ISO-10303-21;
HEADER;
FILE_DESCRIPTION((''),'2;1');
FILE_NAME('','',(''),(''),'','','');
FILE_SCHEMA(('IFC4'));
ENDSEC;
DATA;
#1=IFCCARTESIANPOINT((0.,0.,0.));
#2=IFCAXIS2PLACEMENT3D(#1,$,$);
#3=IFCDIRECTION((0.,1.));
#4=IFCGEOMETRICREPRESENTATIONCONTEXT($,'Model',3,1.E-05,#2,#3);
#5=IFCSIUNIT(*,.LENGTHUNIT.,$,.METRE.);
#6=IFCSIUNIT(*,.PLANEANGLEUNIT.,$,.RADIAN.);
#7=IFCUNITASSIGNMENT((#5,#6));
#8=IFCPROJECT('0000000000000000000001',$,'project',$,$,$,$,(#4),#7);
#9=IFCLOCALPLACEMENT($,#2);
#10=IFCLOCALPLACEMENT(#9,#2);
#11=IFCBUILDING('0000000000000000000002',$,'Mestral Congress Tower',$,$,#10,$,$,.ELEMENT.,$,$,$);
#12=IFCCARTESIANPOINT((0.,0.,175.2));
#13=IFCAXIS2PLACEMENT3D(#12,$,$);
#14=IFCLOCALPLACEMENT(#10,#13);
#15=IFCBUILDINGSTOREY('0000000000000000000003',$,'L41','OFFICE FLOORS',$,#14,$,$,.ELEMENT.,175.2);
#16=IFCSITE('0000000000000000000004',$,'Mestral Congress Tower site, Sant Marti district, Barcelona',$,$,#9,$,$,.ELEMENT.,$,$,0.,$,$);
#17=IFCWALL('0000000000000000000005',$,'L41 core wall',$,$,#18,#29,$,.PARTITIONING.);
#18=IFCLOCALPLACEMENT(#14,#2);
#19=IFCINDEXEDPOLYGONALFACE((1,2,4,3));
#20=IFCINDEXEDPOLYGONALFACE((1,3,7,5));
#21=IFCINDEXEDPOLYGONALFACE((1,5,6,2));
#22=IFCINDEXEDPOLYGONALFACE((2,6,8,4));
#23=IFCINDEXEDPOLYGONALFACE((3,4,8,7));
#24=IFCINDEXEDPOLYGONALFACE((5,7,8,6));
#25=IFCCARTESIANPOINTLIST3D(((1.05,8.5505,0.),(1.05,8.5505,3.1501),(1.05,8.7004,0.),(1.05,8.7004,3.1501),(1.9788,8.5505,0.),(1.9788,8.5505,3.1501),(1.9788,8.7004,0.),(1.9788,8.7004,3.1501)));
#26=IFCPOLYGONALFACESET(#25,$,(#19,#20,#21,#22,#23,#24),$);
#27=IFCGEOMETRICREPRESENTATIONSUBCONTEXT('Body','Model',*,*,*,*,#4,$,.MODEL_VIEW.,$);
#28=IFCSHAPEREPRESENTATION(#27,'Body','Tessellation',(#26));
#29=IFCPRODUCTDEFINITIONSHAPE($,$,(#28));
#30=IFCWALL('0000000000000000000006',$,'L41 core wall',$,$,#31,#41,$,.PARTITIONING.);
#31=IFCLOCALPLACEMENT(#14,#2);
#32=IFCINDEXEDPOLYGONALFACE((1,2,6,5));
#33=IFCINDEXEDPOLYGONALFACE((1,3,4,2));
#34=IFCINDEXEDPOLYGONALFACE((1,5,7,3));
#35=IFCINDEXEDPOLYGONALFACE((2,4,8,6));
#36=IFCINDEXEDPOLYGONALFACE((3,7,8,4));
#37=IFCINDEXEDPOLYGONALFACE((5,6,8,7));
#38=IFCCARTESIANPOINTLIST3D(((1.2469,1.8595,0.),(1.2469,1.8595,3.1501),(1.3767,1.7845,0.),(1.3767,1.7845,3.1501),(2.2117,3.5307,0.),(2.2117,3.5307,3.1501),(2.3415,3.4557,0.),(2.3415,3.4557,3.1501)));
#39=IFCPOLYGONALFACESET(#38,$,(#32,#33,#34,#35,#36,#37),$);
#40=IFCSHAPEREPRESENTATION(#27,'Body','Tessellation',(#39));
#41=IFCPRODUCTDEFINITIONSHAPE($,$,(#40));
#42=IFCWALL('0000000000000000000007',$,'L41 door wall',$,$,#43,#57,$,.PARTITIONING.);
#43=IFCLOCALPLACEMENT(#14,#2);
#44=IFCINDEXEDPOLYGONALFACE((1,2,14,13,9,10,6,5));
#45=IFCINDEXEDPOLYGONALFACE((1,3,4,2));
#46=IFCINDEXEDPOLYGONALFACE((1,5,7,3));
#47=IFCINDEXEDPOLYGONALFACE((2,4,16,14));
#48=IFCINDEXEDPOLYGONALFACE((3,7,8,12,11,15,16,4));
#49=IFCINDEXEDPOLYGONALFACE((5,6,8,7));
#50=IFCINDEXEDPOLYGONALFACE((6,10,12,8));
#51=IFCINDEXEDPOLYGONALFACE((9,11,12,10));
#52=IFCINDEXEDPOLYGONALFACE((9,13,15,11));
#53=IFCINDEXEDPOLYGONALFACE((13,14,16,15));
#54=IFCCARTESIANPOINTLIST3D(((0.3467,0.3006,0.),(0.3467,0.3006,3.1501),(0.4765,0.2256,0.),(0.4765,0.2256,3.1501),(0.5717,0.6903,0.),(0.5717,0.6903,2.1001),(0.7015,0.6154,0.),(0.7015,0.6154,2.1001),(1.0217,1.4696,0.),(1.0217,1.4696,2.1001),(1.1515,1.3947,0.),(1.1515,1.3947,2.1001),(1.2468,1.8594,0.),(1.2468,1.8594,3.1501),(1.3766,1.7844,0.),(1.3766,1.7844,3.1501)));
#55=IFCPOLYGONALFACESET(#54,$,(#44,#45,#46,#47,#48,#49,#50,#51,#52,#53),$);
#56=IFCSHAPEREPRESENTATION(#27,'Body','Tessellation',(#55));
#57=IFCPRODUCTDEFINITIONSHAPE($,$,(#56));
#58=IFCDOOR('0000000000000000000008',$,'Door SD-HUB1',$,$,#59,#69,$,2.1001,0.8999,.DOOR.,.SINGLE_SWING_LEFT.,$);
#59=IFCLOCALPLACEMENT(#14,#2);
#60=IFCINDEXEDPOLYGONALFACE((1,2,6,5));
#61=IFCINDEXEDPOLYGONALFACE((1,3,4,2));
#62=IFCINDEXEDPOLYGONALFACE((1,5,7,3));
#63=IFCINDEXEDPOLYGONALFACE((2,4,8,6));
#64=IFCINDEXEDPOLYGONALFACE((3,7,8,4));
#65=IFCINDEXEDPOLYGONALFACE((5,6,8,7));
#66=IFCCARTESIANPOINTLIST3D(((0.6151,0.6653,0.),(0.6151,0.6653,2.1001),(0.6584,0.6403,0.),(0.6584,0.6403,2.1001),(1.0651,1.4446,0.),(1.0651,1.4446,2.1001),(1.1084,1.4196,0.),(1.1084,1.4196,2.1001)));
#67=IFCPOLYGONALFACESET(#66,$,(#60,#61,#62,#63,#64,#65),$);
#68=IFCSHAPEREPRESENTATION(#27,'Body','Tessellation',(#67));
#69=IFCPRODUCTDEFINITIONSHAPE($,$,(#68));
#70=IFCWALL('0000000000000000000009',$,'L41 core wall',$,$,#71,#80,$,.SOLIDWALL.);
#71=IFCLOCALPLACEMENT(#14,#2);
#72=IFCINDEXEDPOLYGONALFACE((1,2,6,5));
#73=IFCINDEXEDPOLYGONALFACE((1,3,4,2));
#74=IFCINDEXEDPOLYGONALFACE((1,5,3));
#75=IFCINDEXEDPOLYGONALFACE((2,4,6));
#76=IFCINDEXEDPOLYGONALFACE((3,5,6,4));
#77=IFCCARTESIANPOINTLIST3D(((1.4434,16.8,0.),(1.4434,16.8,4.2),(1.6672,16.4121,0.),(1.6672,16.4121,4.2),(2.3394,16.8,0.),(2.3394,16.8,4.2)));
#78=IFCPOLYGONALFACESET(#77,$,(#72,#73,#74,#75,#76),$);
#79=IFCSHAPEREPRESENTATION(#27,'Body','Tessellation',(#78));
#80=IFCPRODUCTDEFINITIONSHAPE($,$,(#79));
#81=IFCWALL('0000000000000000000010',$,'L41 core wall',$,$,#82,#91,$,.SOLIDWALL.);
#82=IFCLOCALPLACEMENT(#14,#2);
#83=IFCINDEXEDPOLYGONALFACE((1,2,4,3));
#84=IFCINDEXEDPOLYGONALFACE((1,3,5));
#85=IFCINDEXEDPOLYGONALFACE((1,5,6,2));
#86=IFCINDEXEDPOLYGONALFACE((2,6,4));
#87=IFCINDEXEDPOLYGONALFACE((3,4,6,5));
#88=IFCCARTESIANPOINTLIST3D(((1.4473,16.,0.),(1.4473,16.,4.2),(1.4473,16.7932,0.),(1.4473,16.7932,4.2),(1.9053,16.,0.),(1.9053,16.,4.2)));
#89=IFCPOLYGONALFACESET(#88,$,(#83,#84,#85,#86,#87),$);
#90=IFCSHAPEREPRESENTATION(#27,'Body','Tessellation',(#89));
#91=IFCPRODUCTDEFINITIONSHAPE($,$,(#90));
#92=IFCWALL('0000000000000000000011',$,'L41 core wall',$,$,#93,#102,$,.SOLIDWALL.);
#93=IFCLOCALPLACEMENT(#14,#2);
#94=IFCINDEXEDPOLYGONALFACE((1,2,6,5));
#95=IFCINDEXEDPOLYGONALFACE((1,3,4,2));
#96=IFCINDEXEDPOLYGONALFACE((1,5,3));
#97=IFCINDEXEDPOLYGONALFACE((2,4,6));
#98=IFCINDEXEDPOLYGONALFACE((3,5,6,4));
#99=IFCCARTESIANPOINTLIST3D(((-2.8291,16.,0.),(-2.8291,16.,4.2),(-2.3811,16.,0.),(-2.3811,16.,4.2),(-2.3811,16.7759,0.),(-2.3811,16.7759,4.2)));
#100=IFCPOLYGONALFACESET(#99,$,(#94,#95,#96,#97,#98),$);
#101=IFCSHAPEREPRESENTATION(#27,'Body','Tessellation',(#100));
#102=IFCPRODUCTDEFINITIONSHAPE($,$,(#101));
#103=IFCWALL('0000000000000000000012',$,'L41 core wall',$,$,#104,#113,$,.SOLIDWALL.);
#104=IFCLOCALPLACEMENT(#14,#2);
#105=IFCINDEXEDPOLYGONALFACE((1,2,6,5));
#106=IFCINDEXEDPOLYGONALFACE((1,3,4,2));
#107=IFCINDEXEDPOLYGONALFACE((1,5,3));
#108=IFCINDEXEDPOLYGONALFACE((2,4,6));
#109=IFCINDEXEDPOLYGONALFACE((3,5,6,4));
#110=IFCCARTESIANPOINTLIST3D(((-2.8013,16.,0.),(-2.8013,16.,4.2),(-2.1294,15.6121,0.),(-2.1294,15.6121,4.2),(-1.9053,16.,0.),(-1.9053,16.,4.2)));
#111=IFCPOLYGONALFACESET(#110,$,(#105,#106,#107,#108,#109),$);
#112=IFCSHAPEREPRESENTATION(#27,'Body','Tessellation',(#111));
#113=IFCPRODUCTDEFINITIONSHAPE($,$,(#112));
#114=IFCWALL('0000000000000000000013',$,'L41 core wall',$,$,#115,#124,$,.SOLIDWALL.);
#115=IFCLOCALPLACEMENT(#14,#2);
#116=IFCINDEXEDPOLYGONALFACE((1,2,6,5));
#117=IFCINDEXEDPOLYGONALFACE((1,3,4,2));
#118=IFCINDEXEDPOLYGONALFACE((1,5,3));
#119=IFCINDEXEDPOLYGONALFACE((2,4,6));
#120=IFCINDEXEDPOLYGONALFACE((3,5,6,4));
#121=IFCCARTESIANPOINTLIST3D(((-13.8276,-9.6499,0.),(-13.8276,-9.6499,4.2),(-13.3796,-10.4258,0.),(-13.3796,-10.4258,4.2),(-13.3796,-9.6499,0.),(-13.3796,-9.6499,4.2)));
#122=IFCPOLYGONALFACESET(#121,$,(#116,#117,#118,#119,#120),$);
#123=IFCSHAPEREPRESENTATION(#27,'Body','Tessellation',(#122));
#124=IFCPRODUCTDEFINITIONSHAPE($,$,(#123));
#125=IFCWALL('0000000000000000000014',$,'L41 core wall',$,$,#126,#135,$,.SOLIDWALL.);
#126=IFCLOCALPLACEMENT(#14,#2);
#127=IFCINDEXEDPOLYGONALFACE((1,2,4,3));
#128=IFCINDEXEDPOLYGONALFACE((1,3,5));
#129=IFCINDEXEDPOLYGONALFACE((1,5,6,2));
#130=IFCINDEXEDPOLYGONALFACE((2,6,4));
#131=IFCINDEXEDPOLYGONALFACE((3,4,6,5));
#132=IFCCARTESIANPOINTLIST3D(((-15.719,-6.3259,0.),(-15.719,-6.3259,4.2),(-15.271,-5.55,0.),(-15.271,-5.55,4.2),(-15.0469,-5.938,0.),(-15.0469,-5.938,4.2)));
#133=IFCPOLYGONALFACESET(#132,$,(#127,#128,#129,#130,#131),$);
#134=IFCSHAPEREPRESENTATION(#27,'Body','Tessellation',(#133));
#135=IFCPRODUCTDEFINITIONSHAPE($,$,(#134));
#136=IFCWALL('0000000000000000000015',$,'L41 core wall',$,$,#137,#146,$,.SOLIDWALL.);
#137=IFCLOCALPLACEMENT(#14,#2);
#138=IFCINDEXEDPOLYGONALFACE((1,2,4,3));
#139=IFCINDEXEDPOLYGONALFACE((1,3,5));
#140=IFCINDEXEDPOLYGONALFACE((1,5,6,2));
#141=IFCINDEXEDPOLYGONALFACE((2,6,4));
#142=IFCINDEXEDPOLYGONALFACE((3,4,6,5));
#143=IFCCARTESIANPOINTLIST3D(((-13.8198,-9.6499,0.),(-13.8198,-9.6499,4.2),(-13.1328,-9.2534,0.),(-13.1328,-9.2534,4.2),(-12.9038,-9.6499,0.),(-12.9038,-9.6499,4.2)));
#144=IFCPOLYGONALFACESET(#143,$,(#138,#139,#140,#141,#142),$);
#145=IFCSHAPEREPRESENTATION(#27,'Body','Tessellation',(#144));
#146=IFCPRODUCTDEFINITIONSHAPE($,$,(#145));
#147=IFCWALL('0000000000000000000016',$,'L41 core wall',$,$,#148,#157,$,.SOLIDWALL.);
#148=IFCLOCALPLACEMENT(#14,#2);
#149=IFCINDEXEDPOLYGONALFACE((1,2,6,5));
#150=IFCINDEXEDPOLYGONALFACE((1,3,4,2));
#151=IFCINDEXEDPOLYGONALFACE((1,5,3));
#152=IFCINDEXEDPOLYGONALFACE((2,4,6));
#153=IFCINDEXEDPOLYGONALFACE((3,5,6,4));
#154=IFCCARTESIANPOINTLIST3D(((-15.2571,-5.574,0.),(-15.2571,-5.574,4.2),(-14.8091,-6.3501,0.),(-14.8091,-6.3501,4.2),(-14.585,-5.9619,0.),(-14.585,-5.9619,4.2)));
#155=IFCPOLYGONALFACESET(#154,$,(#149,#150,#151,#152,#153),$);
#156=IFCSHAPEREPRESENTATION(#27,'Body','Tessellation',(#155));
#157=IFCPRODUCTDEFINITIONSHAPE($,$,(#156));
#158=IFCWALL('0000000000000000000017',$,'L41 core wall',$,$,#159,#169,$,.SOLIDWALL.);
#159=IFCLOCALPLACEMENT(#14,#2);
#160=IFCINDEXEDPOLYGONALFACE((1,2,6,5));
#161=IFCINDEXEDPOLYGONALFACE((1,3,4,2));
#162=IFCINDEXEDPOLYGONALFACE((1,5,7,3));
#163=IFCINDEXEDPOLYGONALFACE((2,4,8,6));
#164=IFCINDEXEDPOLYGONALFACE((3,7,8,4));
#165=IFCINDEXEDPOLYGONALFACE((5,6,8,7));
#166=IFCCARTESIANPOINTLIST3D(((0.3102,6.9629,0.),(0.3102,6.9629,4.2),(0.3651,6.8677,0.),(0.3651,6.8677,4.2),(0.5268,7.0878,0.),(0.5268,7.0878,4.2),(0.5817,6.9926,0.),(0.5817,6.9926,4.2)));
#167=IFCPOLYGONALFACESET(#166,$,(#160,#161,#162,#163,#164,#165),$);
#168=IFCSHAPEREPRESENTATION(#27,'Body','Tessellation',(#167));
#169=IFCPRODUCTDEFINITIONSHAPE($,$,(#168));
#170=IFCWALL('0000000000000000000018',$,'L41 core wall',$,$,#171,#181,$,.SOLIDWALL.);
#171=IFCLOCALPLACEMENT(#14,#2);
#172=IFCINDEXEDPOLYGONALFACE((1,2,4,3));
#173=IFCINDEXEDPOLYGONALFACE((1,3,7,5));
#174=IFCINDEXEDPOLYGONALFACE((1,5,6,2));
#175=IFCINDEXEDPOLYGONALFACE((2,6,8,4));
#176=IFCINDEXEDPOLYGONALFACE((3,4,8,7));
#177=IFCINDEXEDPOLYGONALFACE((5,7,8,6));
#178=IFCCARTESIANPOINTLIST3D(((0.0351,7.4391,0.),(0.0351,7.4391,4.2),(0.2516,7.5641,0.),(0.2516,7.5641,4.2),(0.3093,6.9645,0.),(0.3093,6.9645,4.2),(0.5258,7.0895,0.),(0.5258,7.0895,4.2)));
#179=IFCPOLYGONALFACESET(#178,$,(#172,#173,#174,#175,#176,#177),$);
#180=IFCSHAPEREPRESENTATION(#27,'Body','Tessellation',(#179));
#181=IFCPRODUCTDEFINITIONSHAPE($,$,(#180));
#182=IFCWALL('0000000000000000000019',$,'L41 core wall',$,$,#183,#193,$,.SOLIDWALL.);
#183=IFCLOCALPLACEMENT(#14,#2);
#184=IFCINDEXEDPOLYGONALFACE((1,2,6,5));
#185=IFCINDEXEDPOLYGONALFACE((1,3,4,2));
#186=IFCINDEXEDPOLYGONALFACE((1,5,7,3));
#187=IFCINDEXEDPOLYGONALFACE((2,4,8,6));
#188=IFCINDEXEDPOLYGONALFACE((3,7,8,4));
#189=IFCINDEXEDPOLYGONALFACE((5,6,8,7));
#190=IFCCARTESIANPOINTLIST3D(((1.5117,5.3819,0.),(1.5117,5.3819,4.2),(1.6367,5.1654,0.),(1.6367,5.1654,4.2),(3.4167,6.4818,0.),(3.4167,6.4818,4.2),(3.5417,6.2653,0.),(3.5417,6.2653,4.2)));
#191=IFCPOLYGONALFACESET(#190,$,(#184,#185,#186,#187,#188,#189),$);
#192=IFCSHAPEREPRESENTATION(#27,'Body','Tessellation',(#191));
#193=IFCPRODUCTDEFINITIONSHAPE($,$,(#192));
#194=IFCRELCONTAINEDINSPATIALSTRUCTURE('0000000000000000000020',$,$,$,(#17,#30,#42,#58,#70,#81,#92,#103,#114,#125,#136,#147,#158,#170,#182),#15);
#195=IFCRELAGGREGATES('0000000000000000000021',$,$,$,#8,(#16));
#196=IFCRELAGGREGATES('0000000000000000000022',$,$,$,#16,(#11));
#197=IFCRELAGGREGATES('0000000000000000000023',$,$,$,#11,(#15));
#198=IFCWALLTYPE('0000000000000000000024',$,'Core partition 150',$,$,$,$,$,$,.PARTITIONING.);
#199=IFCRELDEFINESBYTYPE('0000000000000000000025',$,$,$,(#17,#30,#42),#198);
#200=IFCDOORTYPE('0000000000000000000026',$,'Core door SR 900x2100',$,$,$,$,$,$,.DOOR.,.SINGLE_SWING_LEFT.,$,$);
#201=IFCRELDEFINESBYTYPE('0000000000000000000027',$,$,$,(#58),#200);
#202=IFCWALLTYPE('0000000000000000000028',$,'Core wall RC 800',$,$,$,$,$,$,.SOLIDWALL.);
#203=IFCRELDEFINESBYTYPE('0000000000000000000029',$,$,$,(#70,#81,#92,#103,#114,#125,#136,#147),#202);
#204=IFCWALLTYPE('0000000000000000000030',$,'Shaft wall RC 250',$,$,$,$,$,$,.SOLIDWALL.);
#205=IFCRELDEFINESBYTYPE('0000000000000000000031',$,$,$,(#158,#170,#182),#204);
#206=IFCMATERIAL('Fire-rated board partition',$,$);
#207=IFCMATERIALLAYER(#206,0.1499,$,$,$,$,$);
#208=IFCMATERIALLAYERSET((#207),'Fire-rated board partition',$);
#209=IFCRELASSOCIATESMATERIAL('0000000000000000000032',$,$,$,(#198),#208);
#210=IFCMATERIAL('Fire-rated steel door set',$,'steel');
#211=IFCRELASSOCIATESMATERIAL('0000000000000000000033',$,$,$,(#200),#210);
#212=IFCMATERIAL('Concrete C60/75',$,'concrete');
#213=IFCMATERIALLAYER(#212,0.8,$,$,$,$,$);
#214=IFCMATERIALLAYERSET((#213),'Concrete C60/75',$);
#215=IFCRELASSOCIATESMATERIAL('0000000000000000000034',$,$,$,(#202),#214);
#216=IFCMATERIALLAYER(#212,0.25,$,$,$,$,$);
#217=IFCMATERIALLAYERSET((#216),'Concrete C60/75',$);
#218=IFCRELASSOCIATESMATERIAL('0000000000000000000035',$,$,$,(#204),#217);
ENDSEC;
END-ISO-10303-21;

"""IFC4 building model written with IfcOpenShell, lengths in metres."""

from ifc_helpers import new_model, si_unit, direction, frame, frame_2d, origin, place, context, subcontext, project, spatial, polyline, rectangle, outline, extrude, material, layer, layer_set, type_object, element, fill, save


model = new_model("IFC4")

# Units and contexts
model_context = context("Model", 3, precision=1e-05, world=origin(), true_north=direction((0.0, 1.0)))
body_context = subcontext(model_context, "Body", "Model", "MODEL_VIEW")
ifc_project = project(units=[si_unit("LENGTHUNIT", "METRE"), si_unit("PLANEANGLEUNIT", "RADIAN")], contexts=[model_context])

# Site, building, storey
site_placement = place(None, origin())
site = spatial("IfcSite", under=ifc_project, at=site_placement, Name="Mestral Congress Tower site, Sant Marti district, Barcelona", CompositionType="ELEMENT", RefElevation=0.0)
building_placement = place(site_placement, origin())
building = spatial("IfcBuilding", under=site, at=building_placement, Name="Mestral Congress Tower", CompositionType="ELEMENT")
storey_placement = place(building_placement, frame((0.0, 0.0, 175.2)))
storey = spatial("IfcBuildingStorey", under=building, at=storey_placement, Name="L41", Description="OFFICE FLOORS", CompositionType="ELEMENT", Elevation=175.2)

# Walls
ifc_material_1 = material(Name="Fire-rated board partition")
ifc_layer_1 = layer(ifc_material_1, 0.1499)
ifc_layer_set_1 = layer_set([ifc_layer_1], Name="Fire-rated board partition")
wall_type_1 = type_object("IfcWallType", Name="Core partition 150", PredefinedType="PARTITIONING", material=ifc_layer_set_1)
wall_1_placement = place(storey_placement, frame((1.05, 8.6255, 0.0), z_axis=(0.0, 0.0, 1.0), x_axis=(1.0, 0.0, 0.0)))
element("IfcWall", 1, at=wall_1_placement, inside=storey, type_object=wall_type_1, Name="L41 core wall", PredefinedType="PARTITIONING", context=body_context, shape_type="SweptSolid", body=[
    extrude(rectangle(XDim=0.9287, YDim=0.1499, at=frame_2d((0.4644, 0.0))), origin(), (0.0, 0.0, 1.0), 3.1501),
])
wall_2_placement = place(storey_placement, frame((1.3118, 1.822, 0.0), z_axis=(0.0, 0.0, 1.0), x_axis=(0.500004, 0.866023, 0.0)))
element("IfcWall", 2, at=wall_2_placement, inside=storey, type_object=wall_type_1, Name="L41 core wall", PredefinedType="PARTITIONING", context=body_context, shape_type="SweptSolid", body=[
    extrude(rectangle(XDim=1.9297, YDim=0.1499, at=frame_2d((0.9648, 0.0))), origin(), (0.0, 0.0, 1.0), 3.1501),
])

# Wall, opening, door
wall_3_placement = place(storey_placement, frame((0.4116, 0.2632, 0.0), z_axis=(0.0, 0.0, 1.0), x_axis=(0.500063, 0.865989, 0.0)))
wall_3 = element("IfcWall", 3, at=wall_3_placement, inside=storey, type_object=wall_type_1, Name="L41 door wall", PredefinedType="PARTITIONING", context=body_context, shape_type="SweptSolid", body=[
    extrude(rectangle(XDim=1.8, YDim=0.1499, at=frame_2d((0.8999, 0.0))), origin(), (0.0, 0.0, 1.0), 3.1501),
])
opening_1_placement = place(wall_3_placement, frame((0.45, 0.0, 0.0)))
opening_1 = element("IfcOpeningElement", 4, at=opening_1_placement, cuts=wall_3, PredefinedType="OPENING", context=body_context, shape_type="SweptSolid", body=[
    extrude(rectangle(XDim=0.8999, YDim=2.1001, at=frame_2d((0.45, 1.05))), frame((0.0, 0.085, 0.0), z_axis=(0.0, -1.0, 0.0), x_axis=(1.0, 0.0, 0.0)), (0.0, 0.0, 1.0), 0.1699),
])
ifc_material_2 = material(Name="Fire-rated steel door set", Category="steel")
door_type_1 = type_object("IfcDoorType", Name="Core door SR 900x2100", OperationType="SINGLE_SWING_LEFT", PredefinedType="DOOR", material=ifc_material_2)
door_1_placement = place(opening_1_placement, origin())
door_1 = element("IfcDoor", 5, at=door_1_placement, inside=storey, type_object=door_type_1, Name="Door SD-HUB1", OperationType="SINGLE_SWING_LEFT", OverallHeight=2.1001, OverallWidth=0.8999, PredefinedType="DOOR", context=body_context, shape_type="SweptSolid", body=[
    extrude(rectangle(XDim=0.8999, YDim=2.1001, at=frame_2d((0.45, 1.05))), frame((0.0, 0.0249, 0.0), z_axis=(0.0, -1.0, 0.0), x_axis=(1.0, 0.0, 0.0)), (0.0, 0.0, 1.0), 0.05),
])
fill(opening_1, door_1)

# Walls
ifc_material_3 = material(Name="Concrete C60/75", Category="concrete")
ifc_layer_2 = layer(ifc_material_3, 0.8)
ifc_layer_set_2 = layer_set([ifc_layer_2], Name="Concrete C60/75")
wall_type_2 = type_object("IfcWallType", Name="Core wall RC 800", PredefinedType="SOLIDWALL", material=ifc_layer_set_2)
placement = place(storey_placement, origin())
element("IfcWall", 6, at=placement, inside=storey, type_object=wall_type_2, Name="L41 core wall", PredefinedType="SOLIDWALL", context=body_context, shape_type="SweptSolid", body=[
    extrude(outline(polyline([(1.4434, 16.8), (2.3394, 16.8), (1.6672, 16.4121), (1.4434, 16.8)])), origin(), (0.0, 0.0, 1.0), 4.2),
])
element("IfcWall", 7, at=placement, inside=storey, type_object=wall_type_2, Name="L41 core wall", PredefinedType="SOLIDWALL", context=body_context, shape_type="SweptSolid", body=[
    extrude(outline(polyline([(1.9053, 16.0), (1.4473, 16.0), (1.4473, 16.7932), (1.9053, 16.0)])), origin(), (0.0, 0.0, 1.0), 4.2),
])
element("IfcWall", 8, at=placement, inside=storey, type_object=wall_type_2, Name="L41 core wall", PredefinedType="SOLIDWALL", context=body_context, shape_type="SweptSolid", body=[
    extrude(outline(polyline([(-2.8291, 16.0), (-2.3811, 16.7759), (-2.3811, 16.0), (-2.8291, 16.0)])), origin(), (0.0, 0.0, 1.0), 4.2),
])
element("IfcWall", 9, at=placement, inside=storey, type_object=wall_type_2, Name="L41 core wall", PredefinedType="SOLIDWALL", context=body_context, shape_type="SweptSolid", body=[
    extrude(outline(polyline([(-1.9053, 16.0), (-2.1294, 15.6121), (-2.8013, 16.0), (-1.9053, 16.0)])), origin(), (0.0, 0.0, 1.0), 4.2),
])
element("IfcWall", 10, at=placement, inside=storey, type_object=wall_type_2, Name="L41 core wall", PredefinedType="SOLIDWALL", context=body_context, shape_type="SweptSolid", body=[
    extrude(outline(polyline([(-13.8276, -9.6499), (-13.3796, -9.6499), (-13.3796, -10.4258), (-13.8276, -9.6499)])), origin(), (0.0, 0.0, 1.0), 4.2),
])
element("IfcWall", 11, at=placement, inside=storey, type_object=wall_type_2, Name="L41 core wall", PredefinedType="SOLIDWALL", context=body_context, shape_type="SweptSolid", body=[
    extrude(outline(polyline([(-15.0469, -5.938), (-15.719, -6.3259), (-15.271, -5.55), (-15.0469, -5.938)])), origin(), (0.0, 0.0, 1.0), 4.2),
])
element("IfcWall", 12, at=placement, inside=storey, type_object=wall_type_2, Name="L41 core wall", PredefinedType="SOLIDWALL", context=body_context, shape_type="SweptSolid", body=[
    extrude(outline(polyline([(-12.9038, -9.6499), (-13.8198, -9.6499), (-13.1328, -9.2534), (-12.9038, -9.6499)])), origin(), (0.0, 0.0, 1.0), 4.2),
])
element("IfcWall", 13, at=placement, inside=storey, type_object=wall_type_2, Name="L41 core wall", PredefinedType="SOLIDWALL", context=body_context, shape_type="SweptSolid", body=[
    extrude(outline(polyline([(-14.8091, -6.3501), (-15.2571, -5.574), (-14.585, -5.9619), (-14.8091, -6.3501)])), origin(), (0.0, 0.0, 1.0), 4.2),
])
ifc_layer_3 = layer(ifc_material_3, 0.25)
ifc_layer_set_3 = layer_set([ifc_layer_3], Name="Concrete C60/75")
wall_type_3 = type_object("IfcWallType", Name="Shaft wall RC 250", PredefinedType="SOLIDWALL", material=ifc_layer_set_3)
wall_4_placement = place(storey_placement, frame((0.4734, 6.9302, 0.0), z_axis=(0.0, 0.0, 1.0), x_axis=(-0.499722, 0.866186, 0.0)))
element("IfcWall", 14, at=wall_4_placement, inside=storey, type_object=wall_type_3, Name="L41 core wall", PredefinedType="SOLIDWALL", context=body_context, shape_type="SweptSolid", body=[
    extrude(rectangle(XDim=0.1099, YDim=0.25, at=frame_2d((0.0549, 0.0))), origin(), (0.0, 0.0, 1.0), 4.2),
])
wall_5_placement = place(storey_placement, frame((0.4175, 7.0271, 0.0), z_axis=(0.0, 0.0, 1.0), x_axis=(-0.500211, 0.865904, 0.0)))
element("IfcWall", 15, at=wall_5_placement, inside=storey, type_object=wall_type_3, Name="L41 core wall", PredefinedType="SOLIDWALL", context=body_context, shape_type="SweptSolid", body=[
    extrude(rectangle(XDim=0.5481, YDim=0.25, at=frame_2d((0.2739, 0.0))), origin(), (0.0, 0.0, 1.0), 4.2),
])
wall_6_placement = place(storey_placement, frame((1.5742, 5.2737, 0.0), z_axis=(0.0, 0.0, 1.0), x_axis=(0.866028, 0.499995, 0.0)))
element("IfcWall", 16, at=wall_6_placement, inside=storey, type_object=wall_type_3, Name="L41 core wall", PredefinedType="SOLIDWALL", context=body_context, shape_type="SweptSolid", body=[
    extrude(rectangle(XDim=2.1997, YDim=0.25, at=frame_2d((1.0999, 0.0))), origin(), (0.0, 0.0, 1.0), 4.2),
])

save(model, "model.ifc")
